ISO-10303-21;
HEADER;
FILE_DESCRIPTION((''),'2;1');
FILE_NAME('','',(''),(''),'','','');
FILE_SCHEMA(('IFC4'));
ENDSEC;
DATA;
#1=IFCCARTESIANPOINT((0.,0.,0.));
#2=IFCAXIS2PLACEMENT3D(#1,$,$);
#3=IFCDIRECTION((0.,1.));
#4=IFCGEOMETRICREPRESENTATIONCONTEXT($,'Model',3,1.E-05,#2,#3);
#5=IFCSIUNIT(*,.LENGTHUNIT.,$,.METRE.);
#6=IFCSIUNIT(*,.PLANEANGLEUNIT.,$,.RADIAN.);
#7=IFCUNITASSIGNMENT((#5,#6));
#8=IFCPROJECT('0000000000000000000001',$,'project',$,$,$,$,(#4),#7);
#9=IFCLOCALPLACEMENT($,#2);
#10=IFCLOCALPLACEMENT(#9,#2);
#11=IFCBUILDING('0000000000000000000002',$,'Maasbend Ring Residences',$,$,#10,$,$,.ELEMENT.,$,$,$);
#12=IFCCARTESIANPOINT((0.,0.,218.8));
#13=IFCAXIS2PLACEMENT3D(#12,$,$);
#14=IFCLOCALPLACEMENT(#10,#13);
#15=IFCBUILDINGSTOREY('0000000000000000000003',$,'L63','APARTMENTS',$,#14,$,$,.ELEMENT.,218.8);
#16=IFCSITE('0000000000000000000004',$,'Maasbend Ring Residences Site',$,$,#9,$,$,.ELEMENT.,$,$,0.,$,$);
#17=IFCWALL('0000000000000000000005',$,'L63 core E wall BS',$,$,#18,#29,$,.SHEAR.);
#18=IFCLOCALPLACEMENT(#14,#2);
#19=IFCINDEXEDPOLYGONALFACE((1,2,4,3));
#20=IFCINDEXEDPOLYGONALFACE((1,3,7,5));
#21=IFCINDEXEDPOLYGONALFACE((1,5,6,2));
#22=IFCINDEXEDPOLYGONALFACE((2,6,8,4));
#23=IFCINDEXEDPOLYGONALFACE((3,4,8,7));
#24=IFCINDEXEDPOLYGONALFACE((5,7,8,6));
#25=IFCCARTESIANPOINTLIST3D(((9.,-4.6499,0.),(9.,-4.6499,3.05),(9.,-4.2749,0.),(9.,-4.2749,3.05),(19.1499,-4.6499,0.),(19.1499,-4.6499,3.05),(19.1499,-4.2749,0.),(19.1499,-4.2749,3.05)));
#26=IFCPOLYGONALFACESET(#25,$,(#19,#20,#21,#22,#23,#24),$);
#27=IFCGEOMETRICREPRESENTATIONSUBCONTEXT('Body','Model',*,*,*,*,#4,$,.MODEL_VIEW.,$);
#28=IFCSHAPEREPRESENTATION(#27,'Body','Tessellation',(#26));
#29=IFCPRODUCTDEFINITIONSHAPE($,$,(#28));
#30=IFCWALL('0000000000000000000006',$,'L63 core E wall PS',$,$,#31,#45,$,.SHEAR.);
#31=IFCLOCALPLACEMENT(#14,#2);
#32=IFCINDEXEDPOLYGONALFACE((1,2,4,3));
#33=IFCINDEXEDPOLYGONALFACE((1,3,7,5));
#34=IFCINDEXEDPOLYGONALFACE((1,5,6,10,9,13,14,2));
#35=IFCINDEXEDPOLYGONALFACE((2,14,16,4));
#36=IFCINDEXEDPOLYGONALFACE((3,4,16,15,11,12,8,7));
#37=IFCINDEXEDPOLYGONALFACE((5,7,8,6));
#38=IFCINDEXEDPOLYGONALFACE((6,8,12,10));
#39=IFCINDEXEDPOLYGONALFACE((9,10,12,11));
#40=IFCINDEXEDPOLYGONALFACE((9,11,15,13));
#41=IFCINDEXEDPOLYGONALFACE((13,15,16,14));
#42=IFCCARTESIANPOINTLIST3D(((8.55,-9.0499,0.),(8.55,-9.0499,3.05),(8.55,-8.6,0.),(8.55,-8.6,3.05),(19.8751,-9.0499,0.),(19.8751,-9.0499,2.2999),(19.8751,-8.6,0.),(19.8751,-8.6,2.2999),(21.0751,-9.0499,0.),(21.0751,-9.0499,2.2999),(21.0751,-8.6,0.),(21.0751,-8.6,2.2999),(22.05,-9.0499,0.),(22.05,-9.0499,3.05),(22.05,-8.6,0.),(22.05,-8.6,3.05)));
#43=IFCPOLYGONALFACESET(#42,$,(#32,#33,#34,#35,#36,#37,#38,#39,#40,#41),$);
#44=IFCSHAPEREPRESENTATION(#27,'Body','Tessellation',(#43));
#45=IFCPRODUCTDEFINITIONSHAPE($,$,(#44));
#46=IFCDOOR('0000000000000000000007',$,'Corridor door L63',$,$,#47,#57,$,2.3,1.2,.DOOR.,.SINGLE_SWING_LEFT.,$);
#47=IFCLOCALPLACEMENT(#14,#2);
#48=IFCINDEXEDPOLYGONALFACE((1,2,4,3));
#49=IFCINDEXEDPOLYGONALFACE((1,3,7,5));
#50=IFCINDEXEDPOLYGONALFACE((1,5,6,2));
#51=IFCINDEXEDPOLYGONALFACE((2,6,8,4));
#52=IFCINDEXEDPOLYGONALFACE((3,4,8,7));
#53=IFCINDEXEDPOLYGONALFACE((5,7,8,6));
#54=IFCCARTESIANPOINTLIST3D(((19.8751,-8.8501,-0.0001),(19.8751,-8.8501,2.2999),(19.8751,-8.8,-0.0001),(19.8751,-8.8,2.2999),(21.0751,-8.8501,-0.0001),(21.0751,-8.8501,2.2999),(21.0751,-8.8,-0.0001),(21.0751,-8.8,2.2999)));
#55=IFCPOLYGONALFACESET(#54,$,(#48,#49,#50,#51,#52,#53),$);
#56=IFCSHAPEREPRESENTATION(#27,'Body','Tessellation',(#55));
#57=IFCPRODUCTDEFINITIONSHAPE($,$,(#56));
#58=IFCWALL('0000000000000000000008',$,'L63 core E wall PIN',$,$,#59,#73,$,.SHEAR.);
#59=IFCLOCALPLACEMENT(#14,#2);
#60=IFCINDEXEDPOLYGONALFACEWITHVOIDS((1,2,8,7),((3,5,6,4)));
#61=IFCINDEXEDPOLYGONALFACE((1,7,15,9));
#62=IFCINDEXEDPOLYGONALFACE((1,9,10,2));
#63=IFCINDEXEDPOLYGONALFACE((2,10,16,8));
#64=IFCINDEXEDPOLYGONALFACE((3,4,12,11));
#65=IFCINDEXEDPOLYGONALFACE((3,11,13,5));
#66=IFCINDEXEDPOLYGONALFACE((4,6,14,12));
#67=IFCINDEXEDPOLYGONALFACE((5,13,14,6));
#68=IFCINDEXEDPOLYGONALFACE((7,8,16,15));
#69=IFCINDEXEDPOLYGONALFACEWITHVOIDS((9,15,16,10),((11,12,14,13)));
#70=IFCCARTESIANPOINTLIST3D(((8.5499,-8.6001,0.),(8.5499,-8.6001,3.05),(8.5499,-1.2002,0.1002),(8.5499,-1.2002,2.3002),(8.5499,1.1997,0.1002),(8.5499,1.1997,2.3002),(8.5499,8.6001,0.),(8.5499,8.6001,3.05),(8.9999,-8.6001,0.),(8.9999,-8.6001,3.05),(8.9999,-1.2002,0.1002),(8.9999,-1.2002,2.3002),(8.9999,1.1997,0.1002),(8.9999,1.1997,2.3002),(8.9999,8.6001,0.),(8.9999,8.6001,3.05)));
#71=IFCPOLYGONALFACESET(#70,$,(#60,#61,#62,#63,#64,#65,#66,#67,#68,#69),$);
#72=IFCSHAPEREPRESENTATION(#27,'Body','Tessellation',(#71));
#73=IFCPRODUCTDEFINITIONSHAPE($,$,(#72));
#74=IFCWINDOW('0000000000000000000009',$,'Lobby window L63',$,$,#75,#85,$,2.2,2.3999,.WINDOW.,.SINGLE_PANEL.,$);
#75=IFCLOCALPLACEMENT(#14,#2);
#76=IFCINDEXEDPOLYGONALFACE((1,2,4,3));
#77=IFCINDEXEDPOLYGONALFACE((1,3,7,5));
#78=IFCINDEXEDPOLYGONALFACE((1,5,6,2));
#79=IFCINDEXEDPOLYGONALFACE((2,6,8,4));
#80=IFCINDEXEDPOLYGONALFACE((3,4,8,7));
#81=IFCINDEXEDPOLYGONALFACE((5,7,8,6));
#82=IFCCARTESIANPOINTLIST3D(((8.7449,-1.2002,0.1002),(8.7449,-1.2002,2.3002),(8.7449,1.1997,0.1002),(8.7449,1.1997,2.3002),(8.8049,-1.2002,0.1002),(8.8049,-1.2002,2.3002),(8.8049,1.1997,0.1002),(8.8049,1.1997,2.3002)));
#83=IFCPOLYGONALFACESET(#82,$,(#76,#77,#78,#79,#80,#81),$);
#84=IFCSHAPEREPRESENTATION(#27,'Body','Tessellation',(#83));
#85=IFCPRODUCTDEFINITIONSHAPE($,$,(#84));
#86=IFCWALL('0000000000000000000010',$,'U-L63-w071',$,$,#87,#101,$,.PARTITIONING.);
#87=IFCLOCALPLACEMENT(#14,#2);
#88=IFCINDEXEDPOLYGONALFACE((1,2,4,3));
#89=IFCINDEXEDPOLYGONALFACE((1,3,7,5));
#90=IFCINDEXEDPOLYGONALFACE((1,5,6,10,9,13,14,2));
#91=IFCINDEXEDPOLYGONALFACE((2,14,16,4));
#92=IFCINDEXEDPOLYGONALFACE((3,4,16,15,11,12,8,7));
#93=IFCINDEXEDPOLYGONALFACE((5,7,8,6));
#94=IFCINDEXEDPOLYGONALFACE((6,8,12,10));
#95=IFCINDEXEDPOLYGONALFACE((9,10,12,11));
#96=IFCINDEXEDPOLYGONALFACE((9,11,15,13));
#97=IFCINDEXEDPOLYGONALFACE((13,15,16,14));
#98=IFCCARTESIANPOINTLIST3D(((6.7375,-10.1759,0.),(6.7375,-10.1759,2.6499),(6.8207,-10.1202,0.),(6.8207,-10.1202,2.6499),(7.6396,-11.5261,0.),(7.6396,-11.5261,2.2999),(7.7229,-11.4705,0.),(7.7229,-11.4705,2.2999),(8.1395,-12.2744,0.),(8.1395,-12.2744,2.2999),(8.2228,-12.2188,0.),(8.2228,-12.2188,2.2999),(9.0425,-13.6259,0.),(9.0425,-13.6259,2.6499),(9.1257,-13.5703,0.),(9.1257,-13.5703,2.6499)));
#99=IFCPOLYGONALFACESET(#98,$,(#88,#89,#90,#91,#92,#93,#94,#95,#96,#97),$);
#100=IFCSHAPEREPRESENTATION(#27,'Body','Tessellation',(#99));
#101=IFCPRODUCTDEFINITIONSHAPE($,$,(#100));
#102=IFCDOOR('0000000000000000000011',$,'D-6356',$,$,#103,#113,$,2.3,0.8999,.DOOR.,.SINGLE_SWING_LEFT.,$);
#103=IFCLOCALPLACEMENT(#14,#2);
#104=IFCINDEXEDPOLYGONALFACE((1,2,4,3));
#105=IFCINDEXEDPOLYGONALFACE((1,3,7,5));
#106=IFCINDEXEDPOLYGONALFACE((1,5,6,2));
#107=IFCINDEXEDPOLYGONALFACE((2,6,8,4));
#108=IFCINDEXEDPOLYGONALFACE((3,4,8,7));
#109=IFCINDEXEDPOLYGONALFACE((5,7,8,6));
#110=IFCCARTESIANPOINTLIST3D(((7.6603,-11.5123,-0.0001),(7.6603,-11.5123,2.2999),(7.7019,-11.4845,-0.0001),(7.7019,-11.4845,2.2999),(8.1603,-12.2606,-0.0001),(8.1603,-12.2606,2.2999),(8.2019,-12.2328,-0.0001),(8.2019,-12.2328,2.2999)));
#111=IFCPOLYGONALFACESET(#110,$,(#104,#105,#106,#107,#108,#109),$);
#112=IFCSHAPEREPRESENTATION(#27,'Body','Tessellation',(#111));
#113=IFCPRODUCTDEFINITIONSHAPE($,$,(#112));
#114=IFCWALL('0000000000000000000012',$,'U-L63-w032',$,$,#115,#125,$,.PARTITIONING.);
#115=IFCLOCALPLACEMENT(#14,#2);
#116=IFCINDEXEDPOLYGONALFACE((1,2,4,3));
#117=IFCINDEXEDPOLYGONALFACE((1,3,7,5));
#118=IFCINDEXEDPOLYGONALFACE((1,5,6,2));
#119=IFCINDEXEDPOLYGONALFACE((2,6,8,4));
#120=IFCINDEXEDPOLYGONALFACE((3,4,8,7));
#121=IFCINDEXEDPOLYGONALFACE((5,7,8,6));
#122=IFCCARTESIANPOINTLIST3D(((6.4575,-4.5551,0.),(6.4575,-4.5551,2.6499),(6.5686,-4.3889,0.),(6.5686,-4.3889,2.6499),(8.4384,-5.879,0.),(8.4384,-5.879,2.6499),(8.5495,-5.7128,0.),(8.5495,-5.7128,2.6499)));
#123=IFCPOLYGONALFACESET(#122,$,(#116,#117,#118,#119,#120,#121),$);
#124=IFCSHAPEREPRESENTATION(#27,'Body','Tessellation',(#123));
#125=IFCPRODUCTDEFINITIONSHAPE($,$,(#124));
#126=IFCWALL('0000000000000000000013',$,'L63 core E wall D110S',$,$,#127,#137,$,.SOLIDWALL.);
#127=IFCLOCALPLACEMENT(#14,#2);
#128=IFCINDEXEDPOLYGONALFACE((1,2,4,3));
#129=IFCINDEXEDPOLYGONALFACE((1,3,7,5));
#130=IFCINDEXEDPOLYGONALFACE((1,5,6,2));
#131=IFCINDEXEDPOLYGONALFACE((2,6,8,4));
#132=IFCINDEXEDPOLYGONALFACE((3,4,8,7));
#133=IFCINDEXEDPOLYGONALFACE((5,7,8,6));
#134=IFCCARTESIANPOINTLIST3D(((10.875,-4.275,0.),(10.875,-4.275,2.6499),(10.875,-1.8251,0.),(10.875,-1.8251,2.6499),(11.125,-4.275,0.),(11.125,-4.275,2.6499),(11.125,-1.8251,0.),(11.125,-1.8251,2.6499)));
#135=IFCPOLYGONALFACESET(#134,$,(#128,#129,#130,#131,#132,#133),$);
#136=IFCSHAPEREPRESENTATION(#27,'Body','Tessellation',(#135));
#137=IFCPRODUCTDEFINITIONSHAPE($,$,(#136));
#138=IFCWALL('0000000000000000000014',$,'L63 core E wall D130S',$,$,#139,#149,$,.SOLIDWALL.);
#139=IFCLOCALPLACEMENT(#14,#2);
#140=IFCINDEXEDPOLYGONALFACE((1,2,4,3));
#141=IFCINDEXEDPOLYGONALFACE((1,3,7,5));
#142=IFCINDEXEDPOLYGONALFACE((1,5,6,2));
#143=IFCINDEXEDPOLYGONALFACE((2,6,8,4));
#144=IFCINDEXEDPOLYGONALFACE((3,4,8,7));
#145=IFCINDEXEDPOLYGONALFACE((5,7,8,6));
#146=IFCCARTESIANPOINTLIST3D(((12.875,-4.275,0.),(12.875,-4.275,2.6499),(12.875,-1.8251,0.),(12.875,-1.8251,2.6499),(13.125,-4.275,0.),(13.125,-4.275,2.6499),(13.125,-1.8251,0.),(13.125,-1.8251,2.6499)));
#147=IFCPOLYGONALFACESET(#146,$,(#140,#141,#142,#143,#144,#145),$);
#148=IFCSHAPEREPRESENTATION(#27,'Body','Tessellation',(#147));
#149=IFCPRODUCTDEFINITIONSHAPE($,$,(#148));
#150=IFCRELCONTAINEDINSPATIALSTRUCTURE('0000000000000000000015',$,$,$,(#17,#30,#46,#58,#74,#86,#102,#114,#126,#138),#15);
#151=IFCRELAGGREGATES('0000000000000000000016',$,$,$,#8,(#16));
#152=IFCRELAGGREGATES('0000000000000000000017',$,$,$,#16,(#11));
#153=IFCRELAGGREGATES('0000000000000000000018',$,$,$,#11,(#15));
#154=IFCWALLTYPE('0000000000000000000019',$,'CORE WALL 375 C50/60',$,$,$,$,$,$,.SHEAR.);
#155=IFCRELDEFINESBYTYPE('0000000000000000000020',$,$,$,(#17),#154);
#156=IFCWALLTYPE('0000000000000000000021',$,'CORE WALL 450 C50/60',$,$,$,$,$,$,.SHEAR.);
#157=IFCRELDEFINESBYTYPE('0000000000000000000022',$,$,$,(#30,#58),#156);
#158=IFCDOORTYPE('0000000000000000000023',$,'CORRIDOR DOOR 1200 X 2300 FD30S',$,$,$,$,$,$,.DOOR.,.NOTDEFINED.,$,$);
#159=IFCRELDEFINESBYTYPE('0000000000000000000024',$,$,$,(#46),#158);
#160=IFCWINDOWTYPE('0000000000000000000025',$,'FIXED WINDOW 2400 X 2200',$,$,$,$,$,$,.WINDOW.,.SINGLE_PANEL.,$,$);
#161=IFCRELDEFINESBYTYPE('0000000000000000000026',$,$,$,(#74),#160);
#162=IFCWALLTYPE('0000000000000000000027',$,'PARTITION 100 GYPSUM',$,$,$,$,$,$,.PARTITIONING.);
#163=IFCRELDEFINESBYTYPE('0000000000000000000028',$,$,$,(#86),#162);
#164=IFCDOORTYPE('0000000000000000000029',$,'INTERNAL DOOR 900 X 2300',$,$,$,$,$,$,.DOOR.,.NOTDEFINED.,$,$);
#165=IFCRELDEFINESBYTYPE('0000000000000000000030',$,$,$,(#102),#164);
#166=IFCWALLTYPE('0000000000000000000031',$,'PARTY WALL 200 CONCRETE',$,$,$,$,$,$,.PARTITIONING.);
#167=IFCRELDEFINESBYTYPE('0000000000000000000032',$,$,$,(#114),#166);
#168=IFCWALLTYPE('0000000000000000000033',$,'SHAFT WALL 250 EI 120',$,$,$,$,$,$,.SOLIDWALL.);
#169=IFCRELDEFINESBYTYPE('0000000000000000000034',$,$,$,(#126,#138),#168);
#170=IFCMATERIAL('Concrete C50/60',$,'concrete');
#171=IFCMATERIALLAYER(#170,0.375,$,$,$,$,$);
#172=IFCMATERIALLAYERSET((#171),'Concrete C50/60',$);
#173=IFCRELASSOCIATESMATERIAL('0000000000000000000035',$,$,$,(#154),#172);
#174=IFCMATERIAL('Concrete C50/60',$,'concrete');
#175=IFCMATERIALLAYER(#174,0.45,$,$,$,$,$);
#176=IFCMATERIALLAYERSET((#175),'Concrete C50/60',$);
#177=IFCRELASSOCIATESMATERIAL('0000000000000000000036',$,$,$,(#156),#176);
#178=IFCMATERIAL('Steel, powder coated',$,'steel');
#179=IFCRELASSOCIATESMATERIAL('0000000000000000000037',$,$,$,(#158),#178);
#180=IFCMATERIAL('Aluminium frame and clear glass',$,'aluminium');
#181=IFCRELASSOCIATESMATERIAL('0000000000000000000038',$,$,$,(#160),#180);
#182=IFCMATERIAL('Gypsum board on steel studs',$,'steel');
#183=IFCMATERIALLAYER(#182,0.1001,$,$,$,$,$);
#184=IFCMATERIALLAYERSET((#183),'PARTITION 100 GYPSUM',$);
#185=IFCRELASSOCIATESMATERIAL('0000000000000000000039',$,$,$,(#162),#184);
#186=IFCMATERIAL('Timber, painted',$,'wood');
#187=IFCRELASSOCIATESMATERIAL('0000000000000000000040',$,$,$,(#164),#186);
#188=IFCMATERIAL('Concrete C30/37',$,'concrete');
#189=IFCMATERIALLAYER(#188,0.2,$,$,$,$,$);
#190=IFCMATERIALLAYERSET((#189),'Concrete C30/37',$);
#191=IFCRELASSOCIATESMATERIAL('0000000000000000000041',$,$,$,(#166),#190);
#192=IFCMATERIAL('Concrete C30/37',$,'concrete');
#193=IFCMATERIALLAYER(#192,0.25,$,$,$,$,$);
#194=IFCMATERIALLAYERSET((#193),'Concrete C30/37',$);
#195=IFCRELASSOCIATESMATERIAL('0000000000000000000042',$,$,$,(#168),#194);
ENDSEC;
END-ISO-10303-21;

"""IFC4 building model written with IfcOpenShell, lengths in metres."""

from ifc_helpers import new_model, si_unit, direction, frame, frame_2d, origin, place, context, subcontext, project, spatial, rectangle, extrude, material, layer, layer_set, type_object, element, fill, save


model = new_model("IFC4")

# Units and contexts
model_context = context("Model", 3, precision=1e-05, world=origin(), true_north=direction((0.0, 1.0)))
body_context = subcontext(model_context, "Body", "Model", "MODEL_VIEW")
ifc_project = project(units=[si_unit("LENGTHUNIT", "METRE"), si_unit("PLANEANGLEUNIT", "RADIAN")], contexts=[model_context])

# Site, building, storey
site_placement = place(None, origin())
site = spatial("IfcSite", under=ifc_project, at=site_placement, Name="Maasbend Ring Residences Site", CompositionType="ELEMENT", RefElevation=0.0)
building_placement = place(site_placement, origin())
building = spatial("IfcBuilding", under=site, at=building_placement, Name="Maasbend Ring Residences", CompositionType="ELEMENT")
storey_placement = place(building_placement, frame((0.0, 0.0, 218.8)))
storey = spatial("IfcBuildingStorey", under=building, at=storey_placement, Name="L63", Description="APARTMENTS", CompositionType="ELEMENT", Elevation=218.8)

# Wall
ifc_material_1 = material(Name="Concrete C50/60", Category="concrete")
ifc_layer_1 = layer(ifc_material_1, 0.375)
ifc_layer_set_1 = layer_set([ifc_layer_1], Name="Concrete C50/60")
wall_type_1 = type_object("IfcWallType", Name="CORE WALL 375 C50/60", PredefinedType="SHEAR", material=ifc_layer_set_1)
wall_1_placement = place(storey_placement, frame((9.0, -4.4624, 0.0), z_axis=(0.0, 0.0, 1.0), x_axis=(1.0, 0.0, 0.0)))
element("IfcWall", 1, at=wall_1_placement, inside=storey, type_object=wall_type_1, Name="L63 core E wall BS", PredefinedType="SHEAR", context=body_context, shape_type="SweptSolid", body=[
    extrude(rectangle(XDim=10.1499, YDim=0.375, at=frame_2d((5.075, 0.0))), origin(), (0.0, 0.0, 1.0), 3.05),
])

# Wall, opening, door
ifc_material_2 = material(Name="Concrete C50/60", Category="concrete")
ifc_layer_2 = layer(ifc_material_2, 0.45)
ifc_layer_set_2 = layer_set([ifc_layer_2], Name="Concrete C50/60")
wall_type_2 = type_object("IfcWallType", Name="CORE WALL 450 C50/60", PredefinedType="SHEAR", material=ifc_layer_set_2)
wall_2_placement = place(storey_placement, frame((8.55, -8.825, 0.0), z_axis=(0.0, 0.0, 1.0), x_axis=(1.0, 0.0, 0.0)))
wall_2 = element("IfcWall", 2, at=wall_2_placement, inside=storey, type_object=wall_type_2, Name="L63 core E wall PS", PredefinedType="SHEAR", context=body_context, shape_type="SweptSolid", body=[
    extrude(rectangle(XDim=13.5, YDim=0.45, at=frame_2d((6.75, 0.0))), origin(), (0.0, 0.0, 1.0), 3.05),
])
opening_1_placement = place(wall_2_placement, frame((11.325, 0.0, 0.0)))
opening_1 = element("IfcOpeningElement", 3, at=opening_1_placement, cuts=wall_2, PredefinedType="OPENING", context=body_context, shape_type="SweptSolid", body=[
    extrude(rectangle(XDim=1.2, YDim=2.3, at=frame_2d((0.6001, 1.1499))), frame((0.0, 0.2349, 0.0), z_axis=(0.0, -1.0, 0.0), x_axis=(1.0, 0.0, 0.0)), (0.0, 0.0, 1.0), 0.47),
])
ifc_material_3 = material(Name="Steel, powder coated", Category="steel")
door_type_1 = type_object("IfcDoorType", Name="CORRIDOR DOOR 1200 X 2300 FD30S", OperationType="NOTDEFINED", PredefinedType="DOOR", material=ifc_material_3)
door_1_placement = place(opening_1_placement, origin())
door_1 = element("IfcDoor", 4, at=door_1_placement, inside=storey, type_object=door_type_1, Name="Corridor door L63", OperationType="SINGLE_SWING_LEFT", OverallHeight=2.3, OverallWidth=1.2, PredefinedType="DOOR", context=body_context, shape_type="SweptSolid", body=[
    extrude(rectangle(XDim=1.2, YDim=2.3, at=frame_2d((0.6001, 1.1499))), frame((0.0, 0.0249, 0.0), z_axis=(0.0, -1.0, 0.0), x_axis=(1.0, 0.0, 0.0)), (0.0, 0.0, 1.0), 0.05),
])
fill(opening_1, door_1)

# Wall, opening, window
wall_3_placement = place(storey_placement, frame((8.7749, -8.6001, 0.0), z_axis=(0.0, 0.0, 1.0), x_axis=(0.0, 1.0, 0.0)))
wall_3 = element("IfcWall", 5, at=wall_3_placement, inside=storey, type_object=wall_type_2, Name="L63 core E wall PIN", PredefinedType="SHEAR", context=body_context, shape_type="SweptSolid", body=[
    extrude(rectangle(XDim=17.2002, YDim=0.45, at=frame_2d((8.6001, 0.0))), origin(), (0.0, 0.0, 1.0), 3.05),
])
opening_2_placement = place(wall_3_placement, frame((7.3999, 0.0, 0.1001)))
opening_2 = element("IfcOpeningElement", 6, at=opening_2_placement, cuts=wall_3, PredefinedType="OPENING", context=body_context, shape_type="SweptSolid", body=[
    extrude(rectangle(XDim=2.3999, YDim=2.2, at=frame_2d((1.2, 1.1001))), frame((0.0, 0.2349, 0.0), z_axis=(0.0, -1.0, 0.0), x_axis=(1.0, 0.0, 0.0)), (0.0, 0.0, 1.0), 0.47),
])
ifc_material_4 = material(Name="Aluminium frame and clear glass", Category="aluminium")
window_type = type_object("IfcWindowType", Name="FIXED WINDOW 2400 X 2200", PartitioningType="SINGLE_PANEL", PredefinedType="WINDOW", material=ifc_material_4)
window_placement = place(opening_2_placement, origin())
window = element("IfcWindow", 7, at=window_placement, inside=storey, type_object=window_type, Name="Lobby window L63", OverallHeight=2.2, OverallWidth=2.3999, PartitioningType="SINGLE_PANEL", PredefinedType="WINDOW", context=body_context, shape_type="SweptSolid", body=[
    extrude(rectangle(XDim=2.3999, YDim=2.2, at=frame_2d((1.2, 1.1001))), frame((0.0, 0.03, 0.0), z_axis=(0.0, -1.0, 0.0), x_axis=(1.0, 0.0, 0.0)), (0.0, 0.0, 1.0), 0.0601),
])
fill(opening_2, window)

# Wall, opening, door
ifc_material_5 = material(Name="Gypsum board on steel studs", Category="steel")
ifc_layer_3 = layer(ifc_material_5, 0.1001)
ifc_layer_set_3 = layer_set([ifc_layer_3], Name="PARTITION 100 GYPSUM")
wall_type_3 = type_object("IfcWallType", Name="PARTITION 100 GYPSUM", PredefinedType="PARTITIONING", material=ifc_layer_set_3)
wall_4_placement = place(storey_placement, frame((6.7791, -10.1479, 0.0), z_axis=(0.0, 0.0, 1.0), x_axis=(0.555528, -0.831498, 0.0)))
wall_4 = element("IfcWall", 8, at=wall_4_placement, inside=storey, type_object=wall_type_3, Name="U-L63-w071", PredefinedType="PARTITIONING", context=body_context, shape_type="SweptSolid", body=[
    extrude(rectangle(XDim=4.1492, YDim=0.1001, at=frame_2d((2.0747, 0.0))), origin(), (0.0, 0.0, 1.0), 2.6499),
])
opening_3_placement = place(wall_4_placement, frame((1.624, 0.0, 0.0)))
opening_3 = element("IfcOpeningElement", 9, at=opening_3_placement, cuts=wall_4, PredefinedType="OPENING", context=body_context, shape_type="SweptSolid", body=[
    extrude(rectangle(XDim=0.8999, YDim=2.3, at=frame_2d((0.45, 1.1499))), frame((0.0, 0.0601, 0.0), z_axis=(0.0, -1.0, 0.0), x_axis=(1.0, 0.0, 0.0)), (0.0, 0.0, 1.0), 0.1201),
])
ifc_material_6 = material(Name="Timber, painted", Category="wood")
door_type_2 = type_object("IfcDoorType", Name="INTERNAL DOOR 900 X 2300", OperationType="NOTDEFINED", PredefinedType="DOOR", material=ifc_material_6)
door_2_placement = place(opening_3_placement, origin())
door_2 = element("IfcDoor", 10, at=door_2_placement, inside=storey, type_object=door_type_2, Name="D-6356", OperationType="SINGLE_SWING_LEFT", OverallHeight=2.3, OverallWidth=0.8999, PredefinedType="DOOR", context=body_context, shape_type="SweptSolid", body=[
    extrude(rectangle(XDim=0.8999, YDim=2.3, at=frame_2d((0.45, 1.1499))), frame((0.0, 0.0249, 0.0), z_axis=(0.0, -1.0, 0.0), x_axis=(1.0, 0.0, 0.0)), (0.0, 0.0, 1.0), 0.05),
])
fill(opening_3, door_2)

# Walls
ifc_material_7 = material(Name="Concrete C30/37", Category="concrete")
ifc_layer_4 = layer(ifc_material_7, 0.2)
ifc_layer_set_4 = layer_set([ifc_layer_4], Name="Concrete C30/37")
wall_type_4 = type_object("IfcWallType", Name="PARTY WALL 200 CONCRETE", PredefinedType="PARTITIONING", material=ifc_layer_set_4)
wall_5_placement = place(storey_placement, frame((6.5129, -4.4719, 0.0), z_axis=(0.0, 0.0, 1.0), x_axis=(0.831403, -0.555669, 0.0)))
element("IfcWall", 11, at=wall_5_placement, inside=storey, type_object=wall_type_4, Name="U-L63-w032", PredefinedType="PARTITIONING", context=body_context, shape_type="SweptSolid", body=[
    extrude(rectangle(XDim=2.3826, YDim=0.2, at=frame_2d((1.1914, 0.0))), origin(), (0.0, 0.0, 1.0), 2.6499),
])
ifc_material_8 = material(Name="Concrete C30/37", Category="concrete")
ifc_layer_5 = layer(ifc_material_8, 0.25)
ifc_layer_set_5 = layer_set([ifc_layer_5], Name="Concrete C30/37")
wall_type_5 = type_object("IfcWallType", Name="SHAFT WALL 250 EI 120", PredefinedType="SOLIDWALL", material=ifc_layer_set_5)
for number, where, z_axis, x_axis, name in (
    (12, (11.0, -1.825, 0.0), (0.0, 0.0, 1.0), (0.0, -1.0, 0.0), "L63 core E wall D110S"),
    (13, (13.0, -1.825, 0.0), (0.0, 0.0, 1.0), (0.0, -1.0, 0.0), "L63 core E wall D130S"),
):
    element("IfcWall", number, at=place(storey_placement, frame(where, z_axis=z_axis, x_axis=x_axis)), inside=storey, type_object=wall_type_5, Name=name, PredefinedType="SOLIDWALL", context=body_context, shape_type="SweptSolid", body=[
        extrude(rectangle(XDim=2.45, YDim=0.25, at=frame_2d((1.2251, 0.0))), origin(), (0.0, 0.0, 1.0), 2.6499),
    ])

save(model, "model.ifc")
